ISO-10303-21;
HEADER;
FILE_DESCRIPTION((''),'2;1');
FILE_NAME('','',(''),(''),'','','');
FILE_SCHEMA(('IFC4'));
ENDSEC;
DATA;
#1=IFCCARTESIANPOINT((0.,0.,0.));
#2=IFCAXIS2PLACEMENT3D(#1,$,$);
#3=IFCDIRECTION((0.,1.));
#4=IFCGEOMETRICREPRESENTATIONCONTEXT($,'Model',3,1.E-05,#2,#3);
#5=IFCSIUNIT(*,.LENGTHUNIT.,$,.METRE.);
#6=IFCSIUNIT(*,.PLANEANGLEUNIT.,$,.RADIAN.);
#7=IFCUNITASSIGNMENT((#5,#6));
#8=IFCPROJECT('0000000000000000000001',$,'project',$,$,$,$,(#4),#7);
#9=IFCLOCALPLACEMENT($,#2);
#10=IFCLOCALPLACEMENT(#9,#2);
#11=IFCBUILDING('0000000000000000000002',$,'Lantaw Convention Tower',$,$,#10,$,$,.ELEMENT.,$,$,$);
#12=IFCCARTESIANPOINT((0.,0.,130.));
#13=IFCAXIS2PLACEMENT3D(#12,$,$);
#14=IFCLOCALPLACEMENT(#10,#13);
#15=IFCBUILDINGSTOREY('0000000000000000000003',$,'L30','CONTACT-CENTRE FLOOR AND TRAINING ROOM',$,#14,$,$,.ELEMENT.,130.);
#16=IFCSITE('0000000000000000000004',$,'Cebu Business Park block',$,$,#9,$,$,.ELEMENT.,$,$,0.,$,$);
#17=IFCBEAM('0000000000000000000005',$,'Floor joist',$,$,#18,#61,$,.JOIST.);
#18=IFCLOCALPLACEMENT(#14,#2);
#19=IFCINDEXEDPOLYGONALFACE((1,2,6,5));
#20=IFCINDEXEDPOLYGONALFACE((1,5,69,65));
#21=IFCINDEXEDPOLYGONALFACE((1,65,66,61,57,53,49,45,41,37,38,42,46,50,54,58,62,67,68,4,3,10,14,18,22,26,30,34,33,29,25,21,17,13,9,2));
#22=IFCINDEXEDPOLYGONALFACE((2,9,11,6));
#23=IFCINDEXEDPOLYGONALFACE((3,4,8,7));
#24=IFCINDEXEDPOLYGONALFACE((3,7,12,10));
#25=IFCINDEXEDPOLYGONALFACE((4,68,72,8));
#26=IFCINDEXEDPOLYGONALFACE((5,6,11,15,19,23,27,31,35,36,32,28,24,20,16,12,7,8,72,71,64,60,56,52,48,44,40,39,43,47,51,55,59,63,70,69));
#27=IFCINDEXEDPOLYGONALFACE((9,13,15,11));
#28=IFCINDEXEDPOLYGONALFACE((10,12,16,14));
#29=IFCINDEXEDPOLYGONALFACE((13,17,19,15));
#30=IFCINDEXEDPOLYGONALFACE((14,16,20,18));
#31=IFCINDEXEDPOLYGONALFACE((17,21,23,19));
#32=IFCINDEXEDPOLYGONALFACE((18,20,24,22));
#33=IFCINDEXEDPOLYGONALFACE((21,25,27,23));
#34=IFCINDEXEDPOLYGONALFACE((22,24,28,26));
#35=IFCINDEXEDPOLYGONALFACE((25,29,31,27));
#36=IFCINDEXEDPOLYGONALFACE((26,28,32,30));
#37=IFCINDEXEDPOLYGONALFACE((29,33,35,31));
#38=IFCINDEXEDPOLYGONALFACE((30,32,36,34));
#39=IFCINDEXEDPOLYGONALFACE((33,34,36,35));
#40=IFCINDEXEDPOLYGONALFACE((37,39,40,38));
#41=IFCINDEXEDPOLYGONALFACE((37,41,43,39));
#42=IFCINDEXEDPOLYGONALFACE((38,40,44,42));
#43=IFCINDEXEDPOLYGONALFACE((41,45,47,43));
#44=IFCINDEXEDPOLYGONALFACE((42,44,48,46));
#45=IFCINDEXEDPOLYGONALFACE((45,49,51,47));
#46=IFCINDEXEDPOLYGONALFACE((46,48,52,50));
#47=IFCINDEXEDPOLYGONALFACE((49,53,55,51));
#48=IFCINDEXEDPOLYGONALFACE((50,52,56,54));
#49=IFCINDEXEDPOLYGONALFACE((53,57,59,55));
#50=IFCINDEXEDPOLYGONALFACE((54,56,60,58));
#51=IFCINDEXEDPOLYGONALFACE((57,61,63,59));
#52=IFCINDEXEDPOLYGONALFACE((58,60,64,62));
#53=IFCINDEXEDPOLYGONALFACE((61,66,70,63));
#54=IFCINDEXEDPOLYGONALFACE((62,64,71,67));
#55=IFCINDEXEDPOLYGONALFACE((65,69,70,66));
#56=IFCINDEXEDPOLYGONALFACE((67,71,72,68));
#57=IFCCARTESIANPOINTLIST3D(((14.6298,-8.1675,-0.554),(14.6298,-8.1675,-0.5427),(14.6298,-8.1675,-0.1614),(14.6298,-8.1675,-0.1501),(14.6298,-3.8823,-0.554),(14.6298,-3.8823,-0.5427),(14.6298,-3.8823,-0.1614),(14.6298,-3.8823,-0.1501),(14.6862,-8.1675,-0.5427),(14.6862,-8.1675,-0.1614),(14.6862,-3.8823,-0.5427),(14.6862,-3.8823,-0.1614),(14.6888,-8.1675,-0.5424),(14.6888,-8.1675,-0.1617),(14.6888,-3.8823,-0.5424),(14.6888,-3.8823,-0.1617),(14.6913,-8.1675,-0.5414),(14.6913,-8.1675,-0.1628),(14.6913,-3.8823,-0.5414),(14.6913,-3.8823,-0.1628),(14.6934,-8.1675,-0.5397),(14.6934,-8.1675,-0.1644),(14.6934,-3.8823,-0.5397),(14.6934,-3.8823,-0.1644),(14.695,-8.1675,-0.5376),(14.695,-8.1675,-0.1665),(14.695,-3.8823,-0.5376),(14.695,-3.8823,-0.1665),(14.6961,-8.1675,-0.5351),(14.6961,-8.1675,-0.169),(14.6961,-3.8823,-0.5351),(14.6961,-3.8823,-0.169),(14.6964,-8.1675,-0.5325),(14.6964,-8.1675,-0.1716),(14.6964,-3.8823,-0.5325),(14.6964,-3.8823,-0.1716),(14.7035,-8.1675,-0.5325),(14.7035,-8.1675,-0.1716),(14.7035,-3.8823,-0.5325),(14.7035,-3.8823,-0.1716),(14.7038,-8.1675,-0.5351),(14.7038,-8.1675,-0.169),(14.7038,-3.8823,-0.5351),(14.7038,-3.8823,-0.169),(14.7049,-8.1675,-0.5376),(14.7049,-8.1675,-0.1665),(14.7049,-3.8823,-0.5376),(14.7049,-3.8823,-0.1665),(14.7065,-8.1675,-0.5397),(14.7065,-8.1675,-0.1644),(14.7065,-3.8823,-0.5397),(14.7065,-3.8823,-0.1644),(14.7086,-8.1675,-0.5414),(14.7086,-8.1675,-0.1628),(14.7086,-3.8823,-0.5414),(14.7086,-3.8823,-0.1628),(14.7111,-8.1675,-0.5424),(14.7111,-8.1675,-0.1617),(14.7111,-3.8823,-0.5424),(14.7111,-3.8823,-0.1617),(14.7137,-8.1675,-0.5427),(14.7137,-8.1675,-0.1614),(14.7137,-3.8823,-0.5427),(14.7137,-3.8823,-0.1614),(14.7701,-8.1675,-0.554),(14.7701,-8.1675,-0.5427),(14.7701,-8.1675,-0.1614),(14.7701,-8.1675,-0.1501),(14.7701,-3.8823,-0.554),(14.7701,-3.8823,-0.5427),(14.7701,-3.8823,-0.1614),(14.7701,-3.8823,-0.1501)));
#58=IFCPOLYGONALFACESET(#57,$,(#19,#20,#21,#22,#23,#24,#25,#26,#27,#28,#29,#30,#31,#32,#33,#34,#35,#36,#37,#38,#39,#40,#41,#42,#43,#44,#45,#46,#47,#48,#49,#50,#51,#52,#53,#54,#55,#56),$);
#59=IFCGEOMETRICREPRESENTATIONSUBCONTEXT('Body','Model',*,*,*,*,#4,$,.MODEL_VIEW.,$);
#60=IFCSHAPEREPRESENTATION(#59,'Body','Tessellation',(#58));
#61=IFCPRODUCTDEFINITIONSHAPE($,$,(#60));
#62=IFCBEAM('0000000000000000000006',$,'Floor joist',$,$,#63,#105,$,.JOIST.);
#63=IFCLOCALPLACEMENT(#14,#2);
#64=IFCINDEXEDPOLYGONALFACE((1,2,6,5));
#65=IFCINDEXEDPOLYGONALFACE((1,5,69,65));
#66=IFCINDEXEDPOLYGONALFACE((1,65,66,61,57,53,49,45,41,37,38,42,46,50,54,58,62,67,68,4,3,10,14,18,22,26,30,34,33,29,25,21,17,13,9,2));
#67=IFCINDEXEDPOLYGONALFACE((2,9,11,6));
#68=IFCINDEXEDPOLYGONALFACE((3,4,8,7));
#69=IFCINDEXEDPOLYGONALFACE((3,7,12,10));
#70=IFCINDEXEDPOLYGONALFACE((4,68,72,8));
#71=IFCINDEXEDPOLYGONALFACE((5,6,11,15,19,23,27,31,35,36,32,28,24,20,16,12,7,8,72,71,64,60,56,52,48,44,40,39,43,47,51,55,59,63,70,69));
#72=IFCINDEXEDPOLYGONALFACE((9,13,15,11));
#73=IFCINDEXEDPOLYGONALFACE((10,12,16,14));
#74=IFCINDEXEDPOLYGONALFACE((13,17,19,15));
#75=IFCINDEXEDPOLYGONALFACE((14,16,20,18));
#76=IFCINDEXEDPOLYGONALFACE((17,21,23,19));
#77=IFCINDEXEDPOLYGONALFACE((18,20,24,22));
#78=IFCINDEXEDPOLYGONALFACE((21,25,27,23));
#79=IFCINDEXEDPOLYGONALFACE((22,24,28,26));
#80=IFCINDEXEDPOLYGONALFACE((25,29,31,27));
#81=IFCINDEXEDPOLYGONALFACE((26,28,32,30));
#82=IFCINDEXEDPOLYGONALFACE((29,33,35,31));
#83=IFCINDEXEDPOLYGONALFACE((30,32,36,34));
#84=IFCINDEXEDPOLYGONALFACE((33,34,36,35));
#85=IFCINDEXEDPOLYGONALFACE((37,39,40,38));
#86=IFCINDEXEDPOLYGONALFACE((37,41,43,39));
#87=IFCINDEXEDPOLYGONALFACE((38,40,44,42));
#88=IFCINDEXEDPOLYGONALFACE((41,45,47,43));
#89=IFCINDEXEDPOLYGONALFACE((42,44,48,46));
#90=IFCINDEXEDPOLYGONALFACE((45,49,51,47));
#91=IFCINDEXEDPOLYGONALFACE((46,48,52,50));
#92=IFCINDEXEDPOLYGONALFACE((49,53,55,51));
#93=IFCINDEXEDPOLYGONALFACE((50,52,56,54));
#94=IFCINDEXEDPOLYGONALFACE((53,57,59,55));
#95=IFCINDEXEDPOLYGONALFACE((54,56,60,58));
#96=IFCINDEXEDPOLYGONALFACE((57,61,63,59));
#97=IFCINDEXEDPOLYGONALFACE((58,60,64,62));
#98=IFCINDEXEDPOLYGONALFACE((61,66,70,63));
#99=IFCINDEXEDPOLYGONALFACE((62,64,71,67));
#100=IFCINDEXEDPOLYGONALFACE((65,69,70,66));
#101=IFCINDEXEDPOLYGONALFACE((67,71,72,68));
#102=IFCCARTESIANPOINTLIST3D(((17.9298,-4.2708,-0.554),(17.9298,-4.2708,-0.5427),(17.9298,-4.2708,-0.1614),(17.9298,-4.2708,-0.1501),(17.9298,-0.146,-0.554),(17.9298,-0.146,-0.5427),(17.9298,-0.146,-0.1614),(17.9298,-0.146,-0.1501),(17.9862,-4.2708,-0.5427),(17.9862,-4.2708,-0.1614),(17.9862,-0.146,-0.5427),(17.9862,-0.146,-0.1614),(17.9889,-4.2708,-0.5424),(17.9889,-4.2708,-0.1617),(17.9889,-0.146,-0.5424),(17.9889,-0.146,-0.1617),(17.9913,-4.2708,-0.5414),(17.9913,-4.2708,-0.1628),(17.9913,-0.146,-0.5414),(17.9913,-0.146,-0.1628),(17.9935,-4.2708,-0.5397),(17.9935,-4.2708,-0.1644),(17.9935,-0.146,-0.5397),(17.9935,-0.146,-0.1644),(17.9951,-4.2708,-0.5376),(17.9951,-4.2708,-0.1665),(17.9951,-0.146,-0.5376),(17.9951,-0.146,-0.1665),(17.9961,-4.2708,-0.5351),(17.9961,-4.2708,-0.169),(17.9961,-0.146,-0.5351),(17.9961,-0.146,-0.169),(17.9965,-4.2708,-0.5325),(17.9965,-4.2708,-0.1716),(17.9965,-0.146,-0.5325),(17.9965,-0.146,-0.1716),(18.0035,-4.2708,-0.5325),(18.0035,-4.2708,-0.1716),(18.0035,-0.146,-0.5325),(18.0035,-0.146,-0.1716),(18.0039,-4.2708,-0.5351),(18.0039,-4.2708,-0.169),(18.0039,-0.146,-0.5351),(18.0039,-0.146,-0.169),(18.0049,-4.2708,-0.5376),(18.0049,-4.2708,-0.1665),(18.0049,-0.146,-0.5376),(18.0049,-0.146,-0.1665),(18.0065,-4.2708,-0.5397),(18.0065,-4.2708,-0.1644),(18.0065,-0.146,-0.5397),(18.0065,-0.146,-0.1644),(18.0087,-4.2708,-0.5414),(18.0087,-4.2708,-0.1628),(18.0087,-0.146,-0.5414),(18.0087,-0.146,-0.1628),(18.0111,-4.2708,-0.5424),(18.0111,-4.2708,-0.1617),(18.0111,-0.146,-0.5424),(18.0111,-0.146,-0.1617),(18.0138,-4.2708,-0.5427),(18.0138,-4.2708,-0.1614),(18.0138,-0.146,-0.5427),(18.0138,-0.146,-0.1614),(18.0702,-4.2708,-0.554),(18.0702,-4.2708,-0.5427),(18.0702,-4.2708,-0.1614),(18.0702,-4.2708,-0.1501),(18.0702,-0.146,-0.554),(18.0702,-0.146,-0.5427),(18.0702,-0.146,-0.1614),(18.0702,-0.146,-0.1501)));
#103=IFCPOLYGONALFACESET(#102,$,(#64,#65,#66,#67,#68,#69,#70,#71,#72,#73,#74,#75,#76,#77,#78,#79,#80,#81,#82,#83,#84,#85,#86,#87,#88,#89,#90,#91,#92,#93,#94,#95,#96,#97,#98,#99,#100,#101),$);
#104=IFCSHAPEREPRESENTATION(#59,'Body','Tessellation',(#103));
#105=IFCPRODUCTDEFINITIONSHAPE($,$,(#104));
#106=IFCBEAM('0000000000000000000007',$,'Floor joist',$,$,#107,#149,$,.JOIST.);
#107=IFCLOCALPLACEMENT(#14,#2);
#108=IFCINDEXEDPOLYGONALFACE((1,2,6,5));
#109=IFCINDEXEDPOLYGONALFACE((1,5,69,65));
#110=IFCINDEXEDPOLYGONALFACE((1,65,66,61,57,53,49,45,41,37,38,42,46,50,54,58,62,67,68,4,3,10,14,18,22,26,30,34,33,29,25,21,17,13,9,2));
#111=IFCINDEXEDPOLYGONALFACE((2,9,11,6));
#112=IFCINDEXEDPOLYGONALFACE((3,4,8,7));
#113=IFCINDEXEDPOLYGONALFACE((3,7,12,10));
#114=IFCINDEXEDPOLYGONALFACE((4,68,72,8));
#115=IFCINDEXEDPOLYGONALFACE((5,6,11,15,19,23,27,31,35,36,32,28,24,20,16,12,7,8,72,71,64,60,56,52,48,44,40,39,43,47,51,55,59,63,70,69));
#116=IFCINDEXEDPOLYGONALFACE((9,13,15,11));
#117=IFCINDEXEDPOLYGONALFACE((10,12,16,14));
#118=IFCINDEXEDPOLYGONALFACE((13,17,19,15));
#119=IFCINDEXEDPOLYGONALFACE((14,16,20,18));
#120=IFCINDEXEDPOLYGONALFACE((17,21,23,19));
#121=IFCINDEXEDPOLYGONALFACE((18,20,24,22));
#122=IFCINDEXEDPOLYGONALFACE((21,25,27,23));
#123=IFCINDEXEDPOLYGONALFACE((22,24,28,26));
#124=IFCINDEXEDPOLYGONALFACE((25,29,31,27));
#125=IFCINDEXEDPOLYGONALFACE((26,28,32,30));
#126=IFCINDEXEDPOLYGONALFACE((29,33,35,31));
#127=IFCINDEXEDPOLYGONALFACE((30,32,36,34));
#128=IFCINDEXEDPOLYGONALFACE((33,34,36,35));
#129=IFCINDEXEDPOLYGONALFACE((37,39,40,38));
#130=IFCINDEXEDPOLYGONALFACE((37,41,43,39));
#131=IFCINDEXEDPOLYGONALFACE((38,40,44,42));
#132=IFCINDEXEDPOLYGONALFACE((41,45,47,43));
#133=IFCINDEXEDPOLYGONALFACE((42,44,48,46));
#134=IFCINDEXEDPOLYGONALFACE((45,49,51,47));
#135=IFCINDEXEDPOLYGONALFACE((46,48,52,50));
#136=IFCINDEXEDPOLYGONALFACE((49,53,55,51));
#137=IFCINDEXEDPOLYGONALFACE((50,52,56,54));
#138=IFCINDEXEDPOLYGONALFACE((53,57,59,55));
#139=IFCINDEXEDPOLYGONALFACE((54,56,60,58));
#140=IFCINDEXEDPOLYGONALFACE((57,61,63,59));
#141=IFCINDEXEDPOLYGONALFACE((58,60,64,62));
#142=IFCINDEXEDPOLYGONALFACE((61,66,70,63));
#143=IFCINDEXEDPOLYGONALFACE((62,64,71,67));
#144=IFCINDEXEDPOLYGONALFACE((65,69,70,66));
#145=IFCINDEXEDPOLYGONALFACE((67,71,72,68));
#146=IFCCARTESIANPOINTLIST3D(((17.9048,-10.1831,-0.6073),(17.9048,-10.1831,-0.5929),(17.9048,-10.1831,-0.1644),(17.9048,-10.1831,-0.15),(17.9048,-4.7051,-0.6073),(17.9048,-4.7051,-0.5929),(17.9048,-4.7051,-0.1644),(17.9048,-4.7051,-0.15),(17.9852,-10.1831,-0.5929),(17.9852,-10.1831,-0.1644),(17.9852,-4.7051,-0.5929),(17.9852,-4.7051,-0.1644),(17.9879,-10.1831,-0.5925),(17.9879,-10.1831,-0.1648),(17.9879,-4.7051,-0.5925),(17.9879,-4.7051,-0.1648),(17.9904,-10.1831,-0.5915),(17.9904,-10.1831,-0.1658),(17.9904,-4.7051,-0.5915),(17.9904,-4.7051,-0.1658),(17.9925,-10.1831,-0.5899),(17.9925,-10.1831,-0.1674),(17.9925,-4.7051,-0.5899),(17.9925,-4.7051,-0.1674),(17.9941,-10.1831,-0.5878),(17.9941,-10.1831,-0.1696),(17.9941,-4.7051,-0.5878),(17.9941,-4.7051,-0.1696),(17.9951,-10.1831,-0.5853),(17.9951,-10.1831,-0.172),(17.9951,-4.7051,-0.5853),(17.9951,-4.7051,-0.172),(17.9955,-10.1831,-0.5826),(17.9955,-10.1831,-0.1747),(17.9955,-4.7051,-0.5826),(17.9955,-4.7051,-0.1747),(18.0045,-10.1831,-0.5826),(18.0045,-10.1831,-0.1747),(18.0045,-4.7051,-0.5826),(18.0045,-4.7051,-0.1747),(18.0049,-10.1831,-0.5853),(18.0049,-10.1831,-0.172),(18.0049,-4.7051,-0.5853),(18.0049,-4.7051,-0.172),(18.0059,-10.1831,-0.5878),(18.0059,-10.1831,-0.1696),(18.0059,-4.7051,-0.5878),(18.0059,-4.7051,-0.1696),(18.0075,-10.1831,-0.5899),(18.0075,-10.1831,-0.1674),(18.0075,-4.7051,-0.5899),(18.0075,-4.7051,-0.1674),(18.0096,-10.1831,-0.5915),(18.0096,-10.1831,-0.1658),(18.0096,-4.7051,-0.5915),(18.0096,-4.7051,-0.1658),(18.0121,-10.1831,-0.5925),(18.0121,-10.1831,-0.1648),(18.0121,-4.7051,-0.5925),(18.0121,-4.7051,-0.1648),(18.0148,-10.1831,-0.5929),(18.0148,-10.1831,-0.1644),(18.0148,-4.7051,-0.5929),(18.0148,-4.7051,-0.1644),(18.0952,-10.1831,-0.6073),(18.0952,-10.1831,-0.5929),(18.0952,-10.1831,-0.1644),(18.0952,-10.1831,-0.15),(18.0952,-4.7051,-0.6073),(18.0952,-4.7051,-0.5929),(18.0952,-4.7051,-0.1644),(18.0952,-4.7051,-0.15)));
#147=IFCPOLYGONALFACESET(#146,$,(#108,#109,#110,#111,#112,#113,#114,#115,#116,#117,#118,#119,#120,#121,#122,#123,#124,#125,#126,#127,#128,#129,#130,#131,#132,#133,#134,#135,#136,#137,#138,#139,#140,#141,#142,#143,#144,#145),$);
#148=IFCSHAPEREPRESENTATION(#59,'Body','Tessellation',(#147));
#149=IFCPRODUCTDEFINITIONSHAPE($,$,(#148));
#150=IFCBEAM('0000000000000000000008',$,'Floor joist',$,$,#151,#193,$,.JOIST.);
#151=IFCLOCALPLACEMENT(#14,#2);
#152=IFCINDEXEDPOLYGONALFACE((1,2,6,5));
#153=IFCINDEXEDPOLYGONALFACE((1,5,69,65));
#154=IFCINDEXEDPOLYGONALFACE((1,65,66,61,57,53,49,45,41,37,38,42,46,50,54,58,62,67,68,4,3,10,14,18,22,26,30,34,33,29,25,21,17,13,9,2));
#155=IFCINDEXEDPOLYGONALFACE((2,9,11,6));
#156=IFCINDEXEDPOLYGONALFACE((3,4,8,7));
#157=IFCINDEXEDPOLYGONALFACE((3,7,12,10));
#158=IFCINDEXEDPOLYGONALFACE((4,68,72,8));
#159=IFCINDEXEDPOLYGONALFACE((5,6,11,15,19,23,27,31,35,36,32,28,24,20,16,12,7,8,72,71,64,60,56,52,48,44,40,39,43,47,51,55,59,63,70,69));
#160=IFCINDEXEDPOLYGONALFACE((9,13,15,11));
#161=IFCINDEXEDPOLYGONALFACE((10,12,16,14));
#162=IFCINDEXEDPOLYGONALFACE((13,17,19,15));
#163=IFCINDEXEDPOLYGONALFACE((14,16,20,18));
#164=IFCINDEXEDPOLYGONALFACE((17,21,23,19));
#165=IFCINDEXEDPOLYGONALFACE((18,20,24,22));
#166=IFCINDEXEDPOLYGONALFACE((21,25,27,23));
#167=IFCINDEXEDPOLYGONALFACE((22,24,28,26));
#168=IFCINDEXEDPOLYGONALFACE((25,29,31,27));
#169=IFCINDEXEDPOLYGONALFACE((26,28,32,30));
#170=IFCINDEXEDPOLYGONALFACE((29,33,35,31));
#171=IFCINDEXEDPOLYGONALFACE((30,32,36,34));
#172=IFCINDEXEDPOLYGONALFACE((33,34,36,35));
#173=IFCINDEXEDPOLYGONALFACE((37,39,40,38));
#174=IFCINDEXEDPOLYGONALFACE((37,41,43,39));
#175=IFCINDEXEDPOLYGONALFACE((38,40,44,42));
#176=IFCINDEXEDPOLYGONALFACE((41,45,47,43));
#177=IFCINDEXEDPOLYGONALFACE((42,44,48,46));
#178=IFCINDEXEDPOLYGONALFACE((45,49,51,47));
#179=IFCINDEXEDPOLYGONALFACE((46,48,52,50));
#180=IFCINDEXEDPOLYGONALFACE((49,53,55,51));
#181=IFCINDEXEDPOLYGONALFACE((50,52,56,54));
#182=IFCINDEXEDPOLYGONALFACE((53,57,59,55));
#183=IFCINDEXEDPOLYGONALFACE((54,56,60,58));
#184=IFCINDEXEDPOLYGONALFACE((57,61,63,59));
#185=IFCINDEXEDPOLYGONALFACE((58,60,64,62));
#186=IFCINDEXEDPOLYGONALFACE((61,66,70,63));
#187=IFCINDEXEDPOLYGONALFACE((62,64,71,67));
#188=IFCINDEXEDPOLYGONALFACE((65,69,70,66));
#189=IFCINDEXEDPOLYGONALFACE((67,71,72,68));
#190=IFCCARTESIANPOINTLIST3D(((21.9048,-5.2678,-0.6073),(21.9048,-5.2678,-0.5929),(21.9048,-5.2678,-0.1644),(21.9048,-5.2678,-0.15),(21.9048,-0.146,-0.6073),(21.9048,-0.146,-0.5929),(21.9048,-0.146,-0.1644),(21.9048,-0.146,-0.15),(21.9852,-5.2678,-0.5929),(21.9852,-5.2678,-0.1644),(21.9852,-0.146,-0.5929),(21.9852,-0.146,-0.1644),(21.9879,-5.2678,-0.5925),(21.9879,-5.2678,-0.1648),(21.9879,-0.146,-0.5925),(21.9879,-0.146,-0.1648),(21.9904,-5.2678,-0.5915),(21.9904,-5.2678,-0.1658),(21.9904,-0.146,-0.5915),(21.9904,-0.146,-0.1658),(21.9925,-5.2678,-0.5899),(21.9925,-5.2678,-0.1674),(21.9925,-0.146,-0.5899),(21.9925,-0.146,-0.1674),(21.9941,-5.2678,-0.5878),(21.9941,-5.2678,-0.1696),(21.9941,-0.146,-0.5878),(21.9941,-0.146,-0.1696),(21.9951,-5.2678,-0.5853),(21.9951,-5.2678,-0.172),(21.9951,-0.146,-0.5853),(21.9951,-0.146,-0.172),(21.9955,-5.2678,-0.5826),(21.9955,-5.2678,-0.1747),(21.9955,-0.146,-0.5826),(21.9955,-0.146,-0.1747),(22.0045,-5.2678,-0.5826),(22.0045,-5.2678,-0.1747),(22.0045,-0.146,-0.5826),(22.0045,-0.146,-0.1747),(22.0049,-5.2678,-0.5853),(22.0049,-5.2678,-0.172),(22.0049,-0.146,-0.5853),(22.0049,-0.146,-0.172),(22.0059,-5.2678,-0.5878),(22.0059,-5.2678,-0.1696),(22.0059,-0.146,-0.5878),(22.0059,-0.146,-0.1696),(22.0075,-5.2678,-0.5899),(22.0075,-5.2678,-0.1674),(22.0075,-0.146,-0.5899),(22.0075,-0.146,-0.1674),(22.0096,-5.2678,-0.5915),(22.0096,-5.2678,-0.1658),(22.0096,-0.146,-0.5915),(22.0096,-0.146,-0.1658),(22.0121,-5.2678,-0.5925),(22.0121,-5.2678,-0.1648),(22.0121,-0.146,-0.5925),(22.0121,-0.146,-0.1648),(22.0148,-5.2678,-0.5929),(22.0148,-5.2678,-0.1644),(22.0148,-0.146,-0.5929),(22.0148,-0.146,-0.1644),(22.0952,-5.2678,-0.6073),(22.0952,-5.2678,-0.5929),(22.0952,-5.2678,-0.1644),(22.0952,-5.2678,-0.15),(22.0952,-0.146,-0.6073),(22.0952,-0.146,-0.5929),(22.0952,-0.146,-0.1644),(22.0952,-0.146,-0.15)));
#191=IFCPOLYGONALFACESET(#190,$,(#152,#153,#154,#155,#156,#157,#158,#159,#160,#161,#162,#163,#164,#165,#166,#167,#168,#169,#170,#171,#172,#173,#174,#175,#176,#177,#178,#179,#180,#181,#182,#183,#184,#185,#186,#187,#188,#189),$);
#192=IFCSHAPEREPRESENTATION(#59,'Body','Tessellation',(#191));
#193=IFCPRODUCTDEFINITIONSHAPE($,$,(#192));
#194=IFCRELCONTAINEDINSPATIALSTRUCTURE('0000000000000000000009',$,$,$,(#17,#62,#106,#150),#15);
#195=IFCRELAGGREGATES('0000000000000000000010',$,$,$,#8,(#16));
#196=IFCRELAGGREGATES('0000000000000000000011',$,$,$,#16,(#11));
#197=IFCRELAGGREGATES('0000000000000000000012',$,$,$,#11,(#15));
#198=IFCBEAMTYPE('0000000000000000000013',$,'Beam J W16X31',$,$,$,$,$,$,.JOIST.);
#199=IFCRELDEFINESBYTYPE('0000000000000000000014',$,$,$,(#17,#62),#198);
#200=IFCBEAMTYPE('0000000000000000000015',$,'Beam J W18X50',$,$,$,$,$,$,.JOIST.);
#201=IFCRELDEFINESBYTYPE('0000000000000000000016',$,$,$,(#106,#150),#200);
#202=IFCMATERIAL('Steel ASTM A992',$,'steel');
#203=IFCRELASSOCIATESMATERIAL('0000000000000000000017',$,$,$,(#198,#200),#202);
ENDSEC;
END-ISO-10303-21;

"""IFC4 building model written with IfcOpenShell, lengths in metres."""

from ifc_helpers import new_model, si_unit, direction, frame, origin, origin_2d, place, context, subcontext, project, spatial, i_section, extrude, material, material_profile, profile_set, type_object, element, save


model = new_model("IFC4")

# Units and contexts
model_context = context("Model", 3, precision=1e-05, world=origin(), true_north=direction((0.0, 1.0)))
body_context = subcontext(model_context, "Body", "Model", "MODEL_VIEW")
ifc_project = project(units=[si_unit("LENGTHUNIT", "METRE"), si_unit("PLANEANGLEUNIT", "RADIAN")], contexts=[model_context])

# Site, building, storey
site_placement = place(None, origin())
site = spatial("IfcSite", under=ifc_project, at=site_placement, Name="Cebu Business Park block", CompositionType="ELEMENT", RefElevation=0.0)
building_placement = place(site_placement, origin())
building = spatial("IfcBuilding", under=site, at=building_placement, Name="Lantaw Convention Tower", CompositionType="ELEMENT")
storey_placement = place(building_placement, frame((0.0, 0.0, 130.0)))
storey = spatial("IfcBuildingStorey", under=building, at=storey_placement, Name="L30", Description="CONTACT-CENTRE FLOOR AND TRAINING ROOM", CompositionType="ELEMENT", Elevation=130.0)

# Beams
ifc_material_1 = material(Name="Steel ASTM A992", Category="steel")
ifc_material_profile_1 = material_profile(ifc_material_1, i_section(OverallWidth=0.1404, OverallDepth=0.4038, WebThickness=0.0071, FlangeThickness=0.0112, FilletRadius=0.0103, at=origin_2d()), Name="W16X31")
ifc_profile_set_1 = profile_set([ifc_material_profile_1], Name="Steel ASTM A992")
beam_type_1 = type_object("IfcBeamType", Name="Beam J W16X31", PredefinedType="JOIST", material=ifc_profile_set_1)
beam_1_placement = place(storey_placement, frame((14.7, -8.1675, -0.3521), z_axis=(0.0, 1.0, 0.0), x_axis=(-1.0, 0.0, 0.0)))
element("IfcBeam", 1, at=beam_1_placement, inside=storey, type_object=beam_type_1, Name="Floor joist", PredefinedType="JOIST", context=body_context, shape_type="SweptSolid", body=[
    extrude(i_section(OverallWidth=0.1404, OverallDepth=0.4038, WebThickness=0.0071, FlangeThickness=0.0112, FilletRadius=0.0103, at=origin_2d()), origin(), (0.0, 0.0, 1.0), 4.2852),
])
beam_2_placement = place(storey_placement, frame((18.0, -4.2708, -0.3521), z_axis=(0.0, 1.0, 0.0), x_axis=(-1.0, 0.0, 0.0)))
element("IfcBeam", 2, at=beam_2_placement, inside=storey, type_object=beam_type_1, Name="Floor joist", PredefinedType="JOIST", context=body_context, shape_type="SweptSolid", body=[
    extrude(i_section(OverallWidth=0.1404, OverallDepth=0.4038, WebThickness=0.0071, FlangeThickness=0.0112, FilletRadius=0.0103, at=origin_2d()), origin(), (0.0, 0.0, 1.0), 4.1248),
])
ifc_material_profile_2 = material_profile(ifc_material_1, i_section(OverallWidth=0.1904, OverallDepth=0.4573, WebThickness=0.009, FlangeThickness=0.0144, FilletRadius=0.0103, at=origin_2d()), Name="W18X50")
ifc_profile_set_2 = profile_set([ifc_material_profile_2], Name="Steel ASTM A992")
beam_type_2 = type_object("IfcBeamType", Name="Beam J W18X50", PredefinedType="JOIST", material=ifc_profile_set_2)
beam_3_placement = place(storey_placement, frame((18.0, -10.1831, -0.3787), z_axis=(0.0, 1.0, 0.0), x_axis=(-1.0, 0.0, 0.0)))
element("IfcBeam", 3, at=beam_3_placement, inside=storey, type_object=beam_type_2, Name="Floor joist", PredefinedType="JOIST", context=body_context, shape_type="SweptSolid", body=[
    extrude(i_section(OverallWidth=0.1904, OverallDepth=0.4573, WebThickness=0.009, FlangeThickness=0.0144, FilletRadius=0.0103, at=origin_2d()), origin(), (0.0, 0.0, 1.0), 5.478),
])
beam_4_placement = place(storey_placement, frame((22.0, -5.2678, -0.3787), z_axis=(0.0, 1.0, 0.0), x_axis=(-1.0, 0.0, 0.0)))
element("IfcBeam", 4, at=beam_4_placement, inside=storey, type_object=beam_type_2, Name="Floor joist", PredefinedType="JOIST", context=body_context, shape_type="SweptSolid", body=[
    extrude(i_section(OverallWidth=0.1904, OverallDepth=0.4573, WebThickness=0.009, FlangeThickness=0.0144, FilletRadius=0.0103, at=origin_2d()), origin(), (0.0, 0.0, 1.0), 5.1218),
])

save(model, "model.ifc")
